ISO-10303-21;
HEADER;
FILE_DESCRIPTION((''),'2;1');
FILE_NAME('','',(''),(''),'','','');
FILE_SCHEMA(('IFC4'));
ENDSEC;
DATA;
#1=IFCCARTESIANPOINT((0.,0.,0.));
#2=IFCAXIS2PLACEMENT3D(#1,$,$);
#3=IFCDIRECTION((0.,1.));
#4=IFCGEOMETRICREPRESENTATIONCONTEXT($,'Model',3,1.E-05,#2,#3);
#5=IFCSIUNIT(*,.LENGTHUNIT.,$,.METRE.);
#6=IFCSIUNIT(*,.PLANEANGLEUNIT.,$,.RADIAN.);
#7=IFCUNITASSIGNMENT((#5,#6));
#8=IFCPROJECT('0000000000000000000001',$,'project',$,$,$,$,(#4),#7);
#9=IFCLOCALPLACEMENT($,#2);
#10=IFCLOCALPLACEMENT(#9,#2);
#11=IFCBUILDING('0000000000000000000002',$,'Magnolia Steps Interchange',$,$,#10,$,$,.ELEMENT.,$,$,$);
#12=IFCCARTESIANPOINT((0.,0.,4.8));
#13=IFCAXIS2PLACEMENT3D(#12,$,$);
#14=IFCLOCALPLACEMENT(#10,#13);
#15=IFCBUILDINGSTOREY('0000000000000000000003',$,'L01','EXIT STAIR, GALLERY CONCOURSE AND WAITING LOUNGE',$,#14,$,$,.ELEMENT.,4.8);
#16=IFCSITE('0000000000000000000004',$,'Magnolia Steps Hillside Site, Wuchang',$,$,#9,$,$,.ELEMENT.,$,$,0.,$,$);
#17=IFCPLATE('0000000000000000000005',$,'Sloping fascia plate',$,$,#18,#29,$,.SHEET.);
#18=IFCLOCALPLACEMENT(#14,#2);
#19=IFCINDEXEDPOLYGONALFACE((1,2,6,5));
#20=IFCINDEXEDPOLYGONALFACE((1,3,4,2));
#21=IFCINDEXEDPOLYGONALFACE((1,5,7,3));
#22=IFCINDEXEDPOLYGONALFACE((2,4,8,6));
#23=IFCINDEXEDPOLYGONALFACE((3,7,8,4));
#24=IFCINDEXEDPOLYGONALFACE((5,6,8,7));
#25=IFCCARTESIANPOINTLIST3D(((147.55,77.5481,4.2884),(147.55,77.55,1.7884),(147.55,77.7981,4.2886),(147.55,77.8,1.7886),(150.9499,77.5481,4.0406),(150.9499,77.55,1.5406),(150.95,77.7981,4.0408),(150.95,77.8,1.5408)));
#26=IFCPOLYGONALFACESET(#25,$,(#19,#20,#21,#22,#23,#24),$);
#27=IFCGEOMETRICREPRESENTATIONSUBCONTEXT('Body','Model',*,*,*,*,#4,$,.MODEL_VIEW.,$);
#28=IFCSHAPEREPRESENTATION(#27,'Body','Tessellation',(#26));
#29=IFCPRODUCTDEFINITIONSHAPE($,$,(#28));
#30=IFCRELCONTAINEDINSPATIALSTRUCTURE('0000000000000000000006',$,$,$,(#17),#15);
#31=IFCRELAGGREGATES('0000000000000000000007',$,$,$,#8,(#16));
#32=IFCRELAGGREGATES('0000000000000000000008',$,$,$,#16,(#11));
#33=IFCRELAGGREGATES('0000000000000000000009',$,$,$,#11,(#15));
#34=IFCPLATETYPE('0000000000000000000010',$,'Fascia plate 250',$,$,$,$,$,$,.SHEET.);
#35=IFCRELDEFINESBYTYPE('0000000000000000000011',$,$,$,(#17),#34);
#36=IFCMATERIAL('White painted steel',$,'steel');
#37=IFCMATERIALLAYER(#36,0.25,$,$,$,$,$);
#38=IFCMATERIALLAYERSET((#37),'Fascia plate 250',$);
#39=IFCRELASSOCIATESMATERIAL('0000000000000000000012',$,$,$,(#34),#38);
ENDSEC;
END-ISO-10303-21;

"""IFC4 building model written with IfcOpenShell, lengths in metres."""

from ifc_helpers import new_model, si_unit, direction, frame, origin, place, context, subcontext, project, spatial, polyline, outline, extrude, material, layer, layer_set, type_object, element, save


model = new_model("IFC4")

# Units and contexts
model_context = context("Model", 3, precision=1e-05, world=origin(), true_north=direction((0.0, 1.0)))
body_context = subcontext(model_context, "Body", "Model", "MODEL_VIEW")
ifc_project = project(units=[si_unit("LENGTHUNIT", "METRE"), si_unit("PLANEANGLEUNIT", "RADIAN")], contexts=[model_context])

# Site, building, storey
site_placement = place(None, origin())
site = spatial("IfcSite", under=ifc_project, at=site_placement, Name="Magnolia Steps Hillside Site, Wuchang", CompositionType="ELEMENT", RefElevation=0.0)
building_placement = place(site_placement, origin())
building = spatial("IfcBuilding", under=site, at=building_placement, Name="Magnolia Steps Interchange", CompositionType="ELEMENT")
storey_placement = place(building_placement, frame((0.0, 0.0, 4.8)))
storey = spatial("IfcBuildingStorey", under=building, at=storey_placement, Name="L01", Description="EXIT STAIR, GALLERY CONCOURSE AND WAITING LOUNGE", CompositionType="ELEMENT", Elevation=4.8)

# Plate
ifc_material_1 = material(Name="White painted steel", Category="steel")
ifc_layer = layer(ifc_material_1, 0.25)
ifc_layer_set = layer_set([ifc_layer], Name="Fascia plate 250")
plate_type_1 = type_object("IfcPlateType", Name="Fascia plate 250", PredefinedType="SHEET", material=ifc_layer_set)
plate_1_placement = place(storey_placement, frame((150.95, 77.8, 1.5408), z_axis=(0.000057, 1.0, 0.000781), x_axis=(-0.997354, 0.0, 0.072692)))
element("IfcPlate", 1, at=plate_1_placement, inside=storey, type_object=plate_type_1, Name="Sloping fascia plate", PredefinedType="SHEET", context=body_context, shape_type="SweptSolid", body=[
    extrude(outline(polyline([(0.0, 0.0), (3.4089, 0.0), (3.5907, 2.4934), (0.1817, 2.4934), (0.0, 0.0)])), origin(), (0.0, 0.0, -1.0), 0.25),
])

save(model, "model.ifc")
